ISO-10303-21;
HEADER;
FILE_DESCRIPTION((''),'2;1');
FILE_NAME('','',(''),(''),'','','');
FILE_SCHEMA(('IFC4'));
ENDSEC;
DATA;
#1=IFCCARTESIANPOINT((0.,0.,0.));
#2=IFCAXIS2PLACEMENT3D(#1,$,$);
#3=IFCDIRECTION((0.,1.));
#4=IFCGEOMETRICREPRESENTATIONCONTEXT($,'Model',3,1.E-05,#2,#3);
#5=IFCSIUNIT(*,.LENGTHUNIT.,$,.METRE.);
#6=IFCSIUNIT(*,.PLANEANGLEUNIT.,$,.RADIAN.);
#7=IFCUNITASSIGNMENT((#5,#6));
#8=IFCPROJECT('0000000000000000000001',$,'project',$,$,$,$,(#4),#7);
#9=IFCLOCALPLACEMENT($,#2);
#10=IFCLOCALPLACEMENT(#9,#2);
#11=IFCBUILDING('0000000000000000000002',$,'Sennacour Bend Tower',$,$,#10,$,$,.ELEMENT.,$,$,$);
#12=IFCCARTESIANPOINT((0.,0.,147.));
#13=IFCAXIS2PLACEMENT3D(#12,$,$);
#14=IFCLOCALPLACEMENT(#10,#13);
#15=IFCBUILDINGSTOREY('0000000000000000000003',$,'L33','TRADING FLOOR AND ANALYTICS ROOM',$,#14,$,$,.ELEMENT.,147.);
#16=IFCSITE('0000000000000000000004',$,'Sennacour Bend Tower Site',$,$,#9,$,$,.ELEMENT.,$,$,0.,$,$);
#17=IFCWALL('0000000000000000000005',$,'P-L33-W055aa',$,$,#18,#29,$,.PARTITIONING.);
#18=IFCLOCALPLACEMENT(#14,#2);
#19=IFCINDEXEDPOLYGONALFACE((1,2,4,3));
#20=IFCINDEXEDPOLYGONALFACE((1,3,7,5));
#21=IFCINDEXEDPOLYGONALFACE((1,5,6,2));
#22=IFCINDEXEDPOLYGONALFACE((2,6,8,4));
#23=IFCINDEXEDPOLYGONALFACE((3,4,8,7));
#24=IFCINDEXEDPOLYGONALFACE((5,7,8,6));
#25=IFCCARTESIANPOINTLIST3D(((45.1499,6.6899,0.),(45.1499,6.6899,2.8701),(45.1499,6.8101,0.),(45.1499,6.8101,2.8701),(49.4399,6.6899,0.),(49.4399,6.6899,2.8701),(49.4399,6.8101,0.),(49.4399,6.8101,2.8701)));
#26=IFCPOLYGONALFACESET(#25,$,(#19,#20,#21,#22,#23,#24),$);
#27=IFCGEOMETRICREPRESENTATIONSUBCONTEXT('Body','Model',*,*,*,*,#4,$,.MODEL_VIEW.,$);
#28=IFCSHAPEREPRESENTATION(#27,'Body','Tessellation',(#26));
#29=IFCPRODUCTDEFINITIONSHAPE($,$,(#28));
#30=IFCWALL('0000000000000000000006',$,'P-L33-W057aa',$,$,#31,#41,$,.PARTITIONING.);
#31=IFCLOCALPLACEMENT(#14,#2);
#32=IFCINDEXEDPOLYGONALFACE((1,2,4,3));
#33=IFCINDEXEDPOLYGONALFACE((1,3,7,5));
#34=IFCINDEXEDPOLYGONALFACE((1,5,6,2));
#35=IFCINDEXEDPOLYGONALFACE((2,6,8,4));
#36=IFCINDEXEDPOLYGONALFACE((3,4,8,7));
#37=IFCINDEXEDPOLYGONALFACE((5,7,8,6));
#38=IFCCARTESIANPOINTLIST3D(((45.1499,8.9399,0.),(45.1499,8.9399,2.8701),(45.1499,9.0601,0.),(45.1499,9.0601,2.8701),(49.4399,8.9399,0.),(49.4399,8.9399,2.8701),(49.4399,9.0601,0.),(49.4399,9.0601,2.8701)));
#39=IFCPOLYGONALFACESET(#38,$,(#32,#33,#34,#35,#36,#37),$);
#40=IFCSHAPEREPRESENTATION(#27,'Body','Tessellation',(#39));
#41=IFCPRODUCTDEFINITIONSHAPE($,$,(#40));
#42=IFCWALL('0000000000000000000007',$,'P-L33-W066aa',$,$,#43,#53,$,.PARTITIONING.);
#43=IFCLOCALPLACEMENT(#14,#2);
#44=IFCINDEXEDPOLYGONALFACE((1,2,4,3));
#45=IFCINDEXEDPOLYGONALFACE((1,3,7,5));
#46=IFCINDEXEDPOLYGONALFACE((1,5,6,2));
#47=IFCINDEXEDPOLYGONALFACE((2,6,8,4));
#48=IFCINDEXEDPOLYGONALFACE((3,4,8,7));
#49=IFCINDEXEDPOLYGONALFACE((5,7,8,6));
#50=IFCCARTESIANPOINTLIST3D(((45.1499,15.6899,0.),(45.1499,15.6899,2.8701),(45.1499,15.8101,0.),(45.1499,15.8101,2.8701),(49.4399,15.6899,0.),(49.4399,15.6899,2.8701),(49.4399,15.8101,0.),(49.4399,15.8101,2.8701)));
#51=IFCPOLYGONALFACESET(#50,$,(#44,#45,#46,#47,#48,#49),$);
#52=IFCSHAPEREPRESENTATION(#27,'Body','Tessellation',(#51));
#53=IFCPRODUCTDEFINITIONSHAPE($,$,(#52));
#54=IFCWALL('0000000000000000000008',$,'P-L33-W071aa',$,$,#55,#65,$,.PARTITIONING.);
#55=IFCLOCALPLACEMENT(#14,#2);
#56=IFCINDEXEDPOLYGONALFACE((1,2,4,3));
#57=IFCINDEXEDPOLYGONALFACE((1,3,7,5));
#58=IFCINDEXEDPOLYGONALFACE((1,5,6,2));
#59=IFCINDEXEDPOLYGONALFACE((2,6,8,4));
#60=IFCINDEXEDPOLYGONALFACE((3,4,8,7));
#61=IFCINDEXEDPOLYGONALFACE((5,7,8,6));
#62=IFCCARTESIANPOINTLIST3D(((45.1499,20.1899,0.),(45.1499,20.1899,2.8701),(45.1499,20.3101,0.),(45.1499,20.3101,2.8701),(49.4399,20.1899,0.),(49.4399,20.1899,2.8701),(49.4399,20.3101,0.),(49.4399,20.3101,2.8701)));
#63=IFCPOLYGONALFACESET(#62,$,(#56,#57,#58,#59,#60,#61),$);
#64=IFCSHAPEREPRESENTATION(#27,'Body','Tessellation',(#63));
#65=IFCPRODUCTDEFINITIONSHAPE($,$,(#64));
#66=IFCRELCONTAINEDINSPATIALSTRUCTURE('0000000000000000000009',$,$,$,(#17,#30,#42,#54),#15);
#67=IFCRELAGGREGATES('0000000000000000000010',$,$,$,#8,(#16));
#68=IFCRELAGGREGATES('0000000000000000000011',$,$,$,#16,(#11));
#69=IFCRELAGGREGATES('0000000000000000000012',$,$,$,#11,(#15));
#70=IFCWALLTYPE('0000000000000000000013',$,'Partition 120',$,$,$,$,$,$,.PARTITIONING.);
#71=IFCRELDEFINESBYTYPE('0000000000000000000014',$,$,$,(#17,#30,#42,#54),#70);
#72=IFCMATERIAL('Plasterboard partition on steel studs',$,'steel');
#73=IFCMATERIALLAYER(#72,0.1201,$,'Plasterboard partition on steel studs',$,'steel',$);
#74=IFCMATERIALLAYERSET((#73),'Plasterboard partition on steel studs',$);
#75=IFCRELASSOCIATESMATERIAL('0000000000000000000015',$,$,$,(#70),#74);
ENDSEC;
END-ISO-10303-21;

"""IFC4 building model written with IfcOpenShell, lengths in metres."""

from ifc_helpers import new_model, si_unit, direction, frame, frame_2d, origin, place, context, subcontext, project, spatial, rectangle, extrude, material, layer, layer_set, type_object, element, save


model = new_model("IFC4")

# Units and contexts
model_context = context("Model", 3, precision=1e-05, world=origin(), true_north=direction((0.0, 1.0)))
body_context = subcontext(model_context, "Body", "Model", "MODEL_VIEW")
ifc_project = project(units=[si_unit("LENGTHUNIT", "METRE"), si_unit("PLANEANGLEUNIT", "RADIAN")], contexts=[model_context])

# Site, building, storey
site_placement = place(None, origin())
site = spatial("IfcSite", under=ifc_project, at=site_placement, Name="Sennacour Bend Tower Site", CompositionType="ELEMENT", RefElevation=0.0)
building_placement = place(site_placement, origin())
building = spatial("IfcBuilding", under=site, at=building_placement, Name="Sennacour Bend Tower", CompositionType="ELEMENT")
storey_placement = place(building_placement, frame((0.0, 0.0, 147.0)))
storey = spatial("IfcBuildingStorey", under=building, at=storey_placement, Name="L33", Description="TRADING FLOOR AND ANALYTICS ROOM", CompositionType="ELEMENT", Elevation=147.0)

# Walls
ifc_material_1 = material(Name="Plasterboard partition on steel studs", Category="steel")
ifc_layer_1 = layer(ifc_material_1, 0.1201, Name="Plasterboard partition on steel studs", Category="steel")
ifc_layer_set_1 = layer_set([ifc_layer_1], Name="Plasterboard partition on steel studs")
wall_type_1 = type_object("IfcWallType", Name="Partition 120", PredefinedType="PARTITIONING", material=ifc_layer_set_1)
for number, where, z_axis, x_axis, name in (
    (1, (45.1499, 6.75, 0.0), (0.0, 0.0, 1.0), (1.0, 0.0, 0.0), "P-L33-W055aa"),
    (2, (45.1499, 9.0, 0.0), (0.0, 0.0, 1.0), (1.0, 0.0, 0.0), "P-L33-W057aa"),
    (3, (45.1499, 15.75, 0.0), (0.0, 0.0, 1.0), (1.0, 0.0, 0.0), "P-L33-W066aa"),
    (4, (45.1499, 20.25, 0.0), (0.0, 0.0, 1.0), (1.0, 0.0, 0.0), "P-L33-W071aa"),
):
    element("IfcWall", number, at=place(storey_placement, frame(where, z_axis=z_axis, x_axis=x_axis)), inside=storey, type_object=wall_type_1, Name=name, PredefinedType="PARTITIONING", context=body_context, shape_type="SweptSolid", body=[
        extrude(rectangle(XDim=4.29, YDim=0.1201, at=frame_2d((2.145, 0.0))), origin(), (0.0, 0.0, 1.0), 2.8701),
    ])

save(model, "model.ifc")
